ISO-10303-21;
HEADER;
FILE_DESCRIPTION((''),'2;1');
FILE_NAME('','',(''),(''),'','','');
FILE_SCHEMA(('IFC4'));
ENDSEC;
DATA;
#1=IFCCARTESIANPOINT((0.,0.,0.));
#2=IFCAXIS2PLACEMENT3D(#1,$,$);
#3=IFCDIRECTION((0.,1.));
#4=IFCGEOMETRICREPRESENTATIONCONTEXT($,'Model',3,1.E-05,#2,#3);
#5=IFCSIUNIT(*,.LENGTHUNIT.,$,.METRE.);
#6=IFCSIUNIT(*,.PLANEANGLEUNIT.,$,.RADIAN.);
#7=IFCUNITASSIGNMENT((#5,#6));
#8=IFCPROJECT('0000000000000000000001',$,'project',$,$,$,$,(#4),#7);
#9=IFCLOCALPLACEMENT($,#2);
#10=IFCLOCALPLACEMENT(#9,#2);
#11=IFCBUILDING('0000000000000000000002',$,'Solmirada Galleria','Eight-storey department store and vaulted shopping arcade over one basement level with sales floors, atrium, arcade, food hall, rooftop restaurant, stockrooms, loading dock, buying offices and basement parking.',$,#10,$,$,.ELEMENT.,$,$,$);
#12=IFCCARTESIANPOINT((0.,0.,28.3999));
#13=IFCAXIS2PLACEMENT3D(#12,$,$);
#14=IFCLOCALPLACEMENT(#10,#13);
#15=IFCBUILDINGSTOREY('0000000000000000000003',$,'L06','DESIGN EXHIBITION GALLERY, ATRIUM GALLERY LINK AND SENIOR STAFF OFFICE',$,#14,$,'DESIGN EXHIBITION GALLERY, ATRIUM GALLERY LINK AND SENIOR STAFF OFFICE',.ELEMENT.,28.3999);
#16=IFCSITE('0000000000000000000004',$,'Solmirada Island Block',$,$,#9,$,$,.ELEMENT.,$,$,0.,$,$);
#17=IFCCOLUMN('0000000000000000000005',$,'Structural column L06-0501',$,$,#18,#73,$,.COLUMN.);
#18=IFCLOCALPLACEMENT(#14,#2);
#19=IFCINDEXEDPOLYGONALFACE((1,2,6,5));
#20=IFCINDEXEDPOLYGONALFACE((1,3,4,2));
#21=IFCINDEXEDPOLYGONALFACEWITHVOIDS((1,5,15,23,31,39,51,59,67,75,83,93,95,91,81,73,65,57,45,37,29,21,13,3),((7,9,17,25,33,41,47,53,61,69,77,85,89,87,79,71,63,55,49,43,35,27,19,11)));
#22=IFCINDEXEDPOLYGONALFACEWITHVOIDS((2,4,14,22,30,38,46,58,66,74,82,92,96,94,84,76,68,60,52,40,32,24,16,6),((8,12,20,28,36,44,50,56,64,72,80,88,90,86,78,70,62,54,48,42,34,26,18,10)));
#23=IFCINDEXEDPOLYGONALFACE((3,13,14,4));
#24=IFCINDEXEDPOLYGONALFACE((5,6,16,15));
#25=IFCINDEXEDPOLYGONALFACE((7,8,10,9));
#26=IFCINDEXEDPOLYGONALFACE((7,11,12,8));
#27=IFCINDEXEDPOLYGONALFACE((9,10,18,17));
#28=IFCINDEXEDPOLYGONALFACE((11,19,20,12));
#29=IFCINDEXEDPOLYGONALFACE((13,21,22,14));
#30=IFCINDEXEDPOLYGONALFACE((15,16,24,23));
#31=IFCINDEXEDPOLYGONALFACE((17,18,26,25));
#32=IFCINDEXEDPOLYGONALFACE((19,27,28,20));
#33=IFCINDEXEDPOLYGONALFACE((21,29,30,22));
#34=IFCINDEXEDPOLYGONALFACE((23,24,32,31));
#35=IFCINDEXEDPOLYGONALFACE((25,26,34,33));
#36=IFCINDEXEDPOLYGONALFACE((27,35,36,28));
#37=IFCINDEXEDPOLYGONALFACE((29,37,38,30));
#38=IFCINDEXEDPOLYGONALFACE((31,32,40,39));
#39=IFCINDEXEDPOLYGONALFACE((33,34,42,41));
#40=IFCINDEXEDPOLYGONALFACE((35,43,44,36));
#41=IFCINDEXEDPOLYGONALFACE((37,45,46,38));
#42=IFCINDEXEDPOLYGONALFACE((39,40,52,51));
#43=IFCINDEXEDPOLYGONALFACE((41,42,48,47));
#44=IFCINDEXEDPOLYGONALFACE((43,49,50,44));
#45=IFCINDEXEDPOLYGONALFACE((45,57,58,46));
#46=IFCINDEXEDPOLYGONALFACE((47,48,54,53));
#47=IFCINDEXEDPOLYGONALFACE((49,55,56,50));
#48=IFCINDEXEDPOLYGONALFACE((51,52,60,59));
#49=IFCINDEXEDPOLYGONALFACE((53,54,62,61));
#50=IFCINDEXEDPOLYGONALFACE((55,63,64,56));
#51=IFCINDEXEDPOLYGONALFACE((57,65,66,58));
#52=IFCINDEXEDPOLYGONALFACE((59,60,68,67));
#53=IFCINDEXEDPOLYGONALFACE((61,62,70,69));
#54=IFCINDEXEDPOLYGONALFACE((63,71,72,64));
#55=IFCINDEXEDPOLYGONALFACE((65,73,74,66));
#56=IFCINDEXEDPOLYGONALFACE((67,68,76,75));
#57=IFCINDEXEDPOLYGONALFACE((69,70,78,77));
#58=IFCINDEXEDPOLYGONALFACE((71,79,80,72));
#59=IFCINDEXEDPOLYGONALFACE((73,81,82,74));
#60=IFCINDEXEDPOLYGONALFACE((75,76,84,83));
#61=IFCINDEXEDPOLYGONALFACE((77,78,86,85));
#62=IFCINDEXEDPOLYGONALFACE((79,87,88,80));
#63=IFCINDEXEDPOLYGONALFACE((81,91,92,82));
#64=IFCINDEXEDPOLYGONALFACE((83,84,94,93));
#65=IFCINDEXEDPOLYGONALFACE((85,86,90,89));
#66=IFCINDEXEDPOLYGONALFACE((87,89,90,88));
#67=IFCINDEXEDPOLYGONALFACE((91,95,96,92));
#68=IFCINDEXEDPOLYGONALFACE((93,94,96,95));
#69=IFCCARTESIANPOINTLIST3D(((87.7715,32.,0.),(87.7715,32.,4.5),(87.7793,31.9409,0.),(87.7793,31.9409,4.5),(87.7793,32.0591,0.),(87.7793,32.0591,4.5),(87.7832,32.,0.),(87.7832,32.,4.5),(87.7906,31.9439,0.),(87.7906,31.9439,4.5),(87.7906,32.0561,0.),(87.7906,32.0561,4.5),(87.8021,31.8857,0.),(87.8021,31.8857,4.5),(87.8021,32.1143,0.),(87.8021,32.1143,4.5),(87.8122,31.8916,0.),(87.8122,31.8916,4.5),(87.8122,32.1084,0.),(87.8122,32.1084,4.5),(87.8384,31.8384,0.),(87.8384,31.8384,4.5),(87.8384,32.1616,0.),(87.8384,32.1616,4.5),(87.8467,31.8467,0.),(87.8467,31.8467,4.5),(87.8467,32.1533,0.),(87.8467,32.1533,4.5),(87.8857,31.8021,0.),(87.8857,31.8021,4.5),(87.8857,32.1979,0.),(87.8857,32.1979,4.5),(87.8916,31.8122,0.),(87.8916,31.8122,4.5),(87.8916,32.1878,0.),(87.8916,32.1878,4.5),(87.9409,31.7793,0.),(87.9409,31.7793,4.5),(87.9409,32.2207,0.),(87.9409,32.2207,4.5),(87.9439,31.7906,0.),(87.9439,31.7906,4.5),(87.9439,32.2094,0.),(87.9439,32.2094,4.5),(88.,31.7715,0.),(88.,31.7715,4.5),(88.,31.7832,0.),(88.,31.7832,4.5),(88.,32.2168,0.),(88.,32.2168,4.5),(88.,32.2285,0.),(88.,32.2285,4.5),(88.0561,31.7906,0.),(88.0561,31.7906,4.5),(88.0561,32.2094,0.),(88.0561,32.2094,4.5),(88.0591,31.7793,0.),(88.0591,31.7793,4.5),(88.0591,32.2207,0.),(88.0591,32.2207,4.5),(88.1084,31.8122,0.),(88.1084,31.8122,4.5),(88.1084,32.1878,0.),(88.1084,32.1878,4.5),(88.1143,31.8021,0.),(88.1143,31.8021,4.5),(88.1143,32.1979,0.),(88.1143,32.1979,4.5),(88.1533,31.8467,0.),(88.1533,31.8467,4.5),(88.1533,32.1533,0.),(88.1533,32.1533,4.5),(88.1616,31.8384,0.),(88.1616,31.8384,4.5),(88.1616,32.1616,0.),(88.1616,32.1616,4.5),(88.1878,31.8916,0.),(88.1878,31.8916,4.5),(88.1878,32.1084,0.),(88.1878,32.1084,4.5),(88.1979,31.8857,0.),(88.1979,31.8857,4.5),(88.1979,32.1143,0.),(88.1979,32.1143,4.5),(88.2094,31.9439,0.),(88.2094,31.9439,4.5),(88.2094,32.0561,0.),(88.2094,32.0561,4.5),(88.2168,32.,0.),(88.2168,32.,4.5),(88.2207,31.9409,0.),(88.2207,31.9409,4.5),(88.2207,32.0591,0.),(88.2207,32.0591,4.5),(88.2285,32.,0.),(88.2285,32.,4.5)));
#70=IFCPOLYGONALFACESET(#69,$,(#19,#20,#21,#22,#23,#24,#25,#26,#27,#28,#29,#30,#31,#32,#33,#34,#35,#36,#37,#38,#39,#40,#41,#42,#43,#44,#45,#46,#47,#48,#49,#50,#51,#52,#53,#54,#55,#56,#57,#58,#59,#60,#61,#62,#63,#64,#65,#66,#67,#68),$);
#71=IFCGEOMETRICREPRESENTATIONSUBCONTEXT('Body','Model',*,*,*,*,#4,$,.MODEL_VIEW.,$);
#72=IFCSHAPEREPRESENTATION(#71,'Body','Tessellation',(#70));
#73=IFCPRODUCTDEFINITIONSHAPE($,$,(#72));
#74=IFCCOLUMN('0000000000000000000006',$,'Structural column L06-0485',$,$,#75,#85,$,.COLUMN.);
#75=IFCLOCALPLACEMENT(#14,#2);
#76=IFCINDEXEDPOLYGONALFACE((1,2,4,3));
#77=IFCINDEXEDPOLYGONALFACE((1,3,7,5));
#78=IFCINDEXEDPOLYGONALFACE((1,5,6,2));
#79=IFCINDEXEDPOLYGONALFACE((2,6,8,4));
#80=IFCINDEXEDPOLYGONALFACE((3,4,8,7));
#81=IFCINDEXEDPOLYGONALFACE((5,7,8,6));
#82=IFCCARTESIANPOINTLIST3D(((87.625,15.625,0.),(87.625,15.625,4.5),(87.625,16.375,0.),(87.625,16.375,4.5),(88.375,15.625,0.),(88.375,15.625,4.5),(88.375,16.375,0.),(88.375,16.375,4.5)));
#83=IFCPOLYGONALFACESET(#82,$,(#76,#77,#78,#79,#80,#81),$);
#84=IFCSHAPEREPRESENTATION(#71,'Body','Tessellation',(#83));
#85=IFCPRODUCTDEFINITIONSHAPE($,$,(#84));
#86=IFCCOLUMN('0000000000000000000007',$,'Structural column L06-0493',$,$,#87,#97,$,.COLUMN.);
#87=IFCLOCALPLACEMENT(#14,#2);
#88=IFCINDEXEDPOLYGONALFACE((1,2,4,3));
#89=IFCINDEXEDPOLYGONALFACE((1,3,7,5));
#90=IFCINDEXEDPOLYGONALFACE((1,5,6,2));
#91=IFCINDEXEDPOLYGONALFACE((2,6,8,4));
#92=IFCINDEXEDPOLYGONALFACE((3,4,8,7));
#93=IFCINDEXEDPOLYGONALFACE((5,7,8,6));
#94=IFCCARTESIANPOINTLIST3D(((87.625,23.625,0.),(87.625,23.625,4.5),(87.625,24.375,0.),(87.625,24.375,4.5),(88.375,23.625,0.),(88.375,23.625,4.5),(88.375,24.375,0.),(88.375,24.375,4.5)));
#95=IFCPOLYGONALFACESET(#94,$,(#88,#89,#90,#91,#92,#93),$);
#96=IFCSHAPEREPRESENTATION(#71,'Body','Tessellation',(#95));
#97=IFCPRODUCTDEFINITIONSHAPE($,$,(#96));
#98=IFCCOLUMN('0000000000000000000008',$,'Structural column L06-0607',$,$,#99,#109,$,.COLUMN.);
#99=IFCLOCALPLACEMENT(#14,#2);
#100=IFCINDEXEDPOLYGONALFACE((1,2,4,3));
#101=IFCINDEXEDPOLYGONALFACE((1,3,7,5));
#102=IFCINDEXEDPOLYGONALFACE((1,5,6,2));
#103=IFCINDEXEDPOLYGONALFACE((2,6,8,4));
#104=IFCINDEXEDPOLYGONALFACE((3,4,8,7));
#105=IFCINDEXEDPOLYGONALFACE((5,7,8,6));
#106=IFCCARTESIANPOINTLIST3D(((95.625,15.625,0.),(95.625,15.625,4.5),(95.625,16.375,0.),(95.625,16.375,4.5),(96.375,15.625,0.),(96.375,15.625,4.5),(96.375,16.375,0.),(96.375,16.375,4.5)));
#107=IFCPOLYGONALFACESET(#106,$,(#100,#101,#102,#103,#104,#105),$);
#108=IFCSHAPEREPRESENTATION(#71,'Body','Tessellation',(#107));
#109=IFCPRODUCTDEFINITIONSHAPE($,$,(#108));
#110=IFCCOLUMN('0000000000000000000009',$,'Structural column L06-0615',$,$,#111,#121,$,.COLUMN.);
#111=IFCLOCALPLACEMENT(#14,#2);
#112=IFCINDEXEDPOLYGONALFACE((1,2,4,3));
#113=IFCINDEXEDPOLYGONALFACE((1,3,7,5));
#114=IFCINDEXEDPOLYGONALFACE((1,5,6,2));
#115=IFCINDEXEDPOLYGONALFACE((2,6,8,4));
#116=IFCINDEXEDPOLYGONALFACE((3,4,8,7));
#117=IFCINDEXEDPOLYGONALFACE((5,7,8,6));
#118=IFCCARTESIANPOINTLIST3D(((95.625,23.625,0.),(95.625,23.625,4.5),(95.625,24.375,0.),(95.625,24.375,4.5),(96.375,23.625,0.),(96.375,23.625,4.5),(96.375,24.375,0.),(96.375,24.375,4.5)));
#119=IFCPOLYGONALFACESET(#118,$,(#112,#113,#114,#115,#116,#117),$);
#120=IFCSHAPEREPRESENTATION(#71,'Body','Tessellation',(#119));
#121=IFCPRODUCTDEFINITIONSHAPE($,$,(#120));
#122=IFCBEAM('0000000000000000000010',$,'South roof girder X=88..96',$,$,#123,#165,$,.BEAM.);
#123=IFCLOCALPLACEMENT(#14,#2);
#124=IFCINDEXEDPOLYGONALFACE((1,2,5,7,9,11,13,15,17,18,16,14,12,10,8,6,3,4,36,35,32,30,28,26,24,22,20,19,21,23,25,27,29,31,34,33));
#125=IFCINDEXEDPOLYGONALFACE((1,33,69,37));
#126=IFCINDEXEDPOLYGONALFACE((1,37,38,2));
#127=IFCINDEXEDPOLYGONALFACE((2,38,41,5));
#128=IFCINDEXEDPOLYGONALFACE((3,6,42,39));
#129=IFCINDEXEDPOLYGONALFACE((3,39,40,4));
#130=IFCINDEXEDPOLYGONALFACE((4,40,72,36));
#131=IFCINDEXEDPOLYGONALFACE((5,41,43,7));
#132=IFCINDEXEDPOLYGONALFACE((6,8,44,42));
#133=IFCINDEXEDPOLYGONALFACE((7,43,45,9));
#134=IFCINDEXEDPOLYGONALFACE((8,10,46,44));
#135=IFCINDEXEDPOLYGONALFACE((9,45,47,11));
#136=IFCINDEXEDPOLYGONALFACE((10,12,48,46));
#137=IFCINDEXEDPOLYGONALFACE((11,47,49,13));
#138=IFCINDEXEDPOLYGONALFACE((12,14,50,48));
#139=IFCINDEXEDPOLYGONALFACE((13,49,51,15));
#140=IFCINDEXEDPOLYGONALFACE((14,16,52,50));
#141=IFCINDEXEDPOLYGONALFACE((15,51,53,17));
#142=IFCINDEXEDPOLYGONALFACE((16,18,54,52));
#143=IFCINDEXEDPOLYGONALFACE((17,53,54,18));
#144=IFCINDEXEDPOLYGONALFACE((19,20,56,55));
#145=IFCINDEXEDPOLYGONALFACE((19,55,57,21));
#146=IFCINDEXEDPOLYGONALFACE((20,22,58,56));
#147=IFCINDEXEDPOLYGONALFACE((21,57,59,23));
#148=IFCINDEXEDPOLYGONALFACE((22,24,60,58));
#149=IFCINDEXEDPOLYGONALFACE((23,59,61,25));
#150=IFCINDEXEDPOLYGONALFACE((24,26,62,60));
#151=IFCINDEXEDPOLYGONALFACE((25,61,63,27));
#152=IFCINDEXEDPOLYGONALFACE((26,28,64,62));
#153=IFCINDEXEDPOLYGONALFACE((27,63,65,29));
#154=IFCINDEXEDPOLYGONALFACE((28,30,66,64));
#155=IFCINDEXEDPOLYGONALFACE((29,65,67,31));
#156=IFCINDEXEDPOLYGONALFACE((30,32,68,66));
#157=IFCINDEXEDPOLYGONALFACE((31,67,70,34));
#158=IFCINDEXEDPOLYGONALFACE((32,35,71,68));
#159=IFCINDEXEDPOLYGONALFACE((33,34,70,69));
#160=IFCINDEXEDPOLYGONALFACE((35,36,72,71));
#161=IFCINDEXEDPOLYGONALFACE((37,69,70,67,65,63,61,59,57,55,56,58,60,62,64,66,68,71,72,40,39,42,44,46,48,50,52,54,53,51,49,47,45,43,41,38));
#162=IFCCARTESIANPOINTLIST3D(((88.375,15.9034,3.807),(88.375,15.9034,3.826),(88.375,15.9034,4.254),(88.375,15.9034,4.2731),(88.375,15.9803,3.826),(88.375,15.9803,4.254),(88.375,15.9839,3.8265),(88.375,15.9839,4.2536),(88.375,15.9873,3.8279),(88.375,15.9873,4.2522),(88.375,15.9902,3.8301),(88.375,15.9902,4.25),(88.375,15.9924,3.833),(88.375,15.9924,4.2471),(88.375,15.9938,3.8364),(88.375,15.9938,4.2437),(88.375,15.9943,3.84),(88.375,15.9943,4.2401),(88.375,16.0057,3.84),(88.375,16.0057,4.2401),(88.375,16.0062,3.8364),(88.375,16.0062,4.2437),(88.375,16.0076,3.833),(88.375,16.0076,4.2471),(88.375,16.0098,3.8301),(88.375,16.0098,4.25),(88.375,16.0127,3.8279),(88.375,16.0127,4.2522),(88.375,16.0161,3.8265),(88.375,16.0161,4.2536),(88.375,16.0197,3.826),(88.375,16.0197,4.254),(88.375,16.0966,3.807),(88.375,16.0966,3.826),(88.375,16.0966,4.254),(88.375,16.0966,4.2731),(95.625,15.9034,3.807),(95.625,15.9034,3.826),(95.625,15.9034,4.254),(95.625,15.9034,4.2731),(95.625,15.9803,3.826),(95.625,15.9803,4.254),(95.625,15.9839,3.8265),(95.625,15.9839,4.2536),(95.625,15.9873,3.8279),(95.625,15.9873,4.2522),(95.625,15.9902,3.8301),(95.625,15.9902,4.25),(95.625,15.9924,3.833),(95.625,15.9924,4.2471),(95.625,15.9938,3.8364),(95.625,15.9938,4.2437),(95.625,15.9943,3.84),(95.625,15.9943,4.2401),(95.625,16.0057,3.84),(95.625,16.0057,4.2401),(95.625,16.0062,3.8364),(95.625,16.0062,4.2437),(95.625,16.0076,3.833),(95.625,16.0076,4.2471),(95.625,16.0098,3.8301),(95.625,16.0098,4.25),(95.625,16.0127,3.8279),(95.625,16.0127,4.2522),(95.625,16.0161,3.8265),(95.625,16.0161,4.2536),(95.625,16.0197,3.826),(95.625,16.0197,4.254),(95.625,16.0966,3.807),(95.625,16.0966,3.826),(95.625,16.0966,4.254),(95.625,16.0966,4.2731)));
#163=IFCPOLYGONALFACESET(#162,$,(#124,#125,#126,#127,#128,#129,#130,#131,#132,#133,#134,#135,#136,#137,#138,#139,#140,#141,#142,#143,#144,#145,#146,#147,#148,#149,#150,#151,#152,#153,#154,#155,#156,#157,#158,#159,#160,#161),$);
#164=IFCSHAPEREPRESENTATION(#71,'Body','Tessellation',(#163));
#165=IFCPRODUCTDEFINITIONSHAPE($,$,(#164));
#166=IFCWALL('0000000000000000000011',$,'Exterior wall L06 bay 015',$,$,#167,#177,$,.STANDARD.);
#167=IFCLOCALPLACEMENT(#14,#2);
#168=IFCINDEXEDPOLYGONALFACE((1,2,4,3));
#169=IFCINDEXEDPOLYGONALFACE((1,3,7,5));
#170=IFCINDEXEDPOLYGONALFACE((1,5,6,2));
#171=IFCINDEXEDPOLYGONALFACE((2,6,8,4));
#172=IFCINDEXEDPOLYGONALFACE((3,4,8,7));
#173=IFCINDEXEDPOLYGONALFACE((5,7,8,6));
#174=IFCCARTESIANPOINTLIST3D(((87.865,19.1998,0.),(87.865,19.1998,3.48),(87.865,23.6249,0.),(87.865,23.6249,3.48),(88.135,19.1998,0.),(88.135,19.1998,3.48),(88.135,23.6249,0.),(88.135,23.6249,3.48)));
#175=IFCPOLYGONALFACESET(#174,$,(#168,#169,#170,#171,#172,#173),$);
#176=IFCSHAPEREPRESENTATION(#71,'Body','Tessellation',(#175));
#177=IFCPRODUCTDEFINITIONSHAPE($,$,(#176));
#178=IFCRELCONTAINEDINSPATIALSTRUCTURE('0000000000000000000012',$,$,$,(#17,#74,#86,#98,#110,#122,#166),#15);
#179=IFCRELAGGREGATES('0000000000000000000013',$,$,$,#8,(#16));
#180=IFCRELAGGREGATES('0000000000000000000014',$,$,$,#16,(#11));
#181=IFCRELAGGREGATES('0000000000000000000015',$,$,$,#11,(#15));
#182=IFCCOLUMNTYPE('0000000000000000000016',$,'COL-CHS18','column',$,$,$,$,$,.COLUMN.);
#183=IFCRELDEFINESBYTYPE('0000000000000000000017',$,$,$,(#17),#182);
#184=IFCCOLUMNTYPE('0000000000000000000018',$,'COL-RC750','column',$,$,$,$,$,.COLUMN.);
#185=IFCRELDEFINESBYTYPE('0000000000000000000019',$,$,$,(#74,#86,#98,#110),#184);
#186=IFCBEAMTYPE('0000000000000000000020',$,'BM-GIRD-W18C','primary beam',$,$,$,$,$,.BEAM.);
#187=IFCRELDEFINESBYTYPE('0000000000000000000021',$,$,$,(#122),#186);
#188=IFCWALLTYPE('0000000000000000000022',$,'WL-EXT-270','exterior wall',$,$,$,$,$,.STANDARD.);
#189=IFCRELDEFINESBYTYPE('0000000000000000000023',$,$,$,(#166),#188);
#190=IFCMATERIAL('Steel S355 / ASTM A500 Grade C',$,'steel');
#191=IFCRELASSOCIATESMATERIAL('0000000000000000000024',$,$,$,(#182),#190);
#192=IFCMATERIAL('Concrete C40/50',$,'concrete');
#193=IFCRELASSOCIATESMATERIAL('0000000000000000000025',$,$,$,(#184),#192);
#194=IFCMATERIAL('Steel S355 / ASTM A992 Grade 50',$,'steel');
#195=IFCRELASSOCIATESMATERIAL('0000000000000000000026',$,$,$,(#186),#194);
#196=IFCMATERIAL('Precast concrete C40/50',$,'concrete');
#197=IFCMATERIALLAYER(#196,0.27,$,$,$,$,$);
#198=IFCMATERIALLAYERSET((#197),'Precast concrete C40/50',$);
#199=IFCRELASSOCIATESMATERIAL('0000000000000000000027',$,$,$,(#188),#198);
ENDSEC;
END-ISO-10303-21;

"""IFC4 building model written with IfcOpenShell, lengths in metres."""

from ifc_helpers import new_model, si_unit, direction, frame, frame_2d, origin, origin_2d, place, context, subcontext, project, spatial, rectangle, hollow_circle, i_section, extrude, material, layer, layer_set, material_profile, profile_set, type_object, element, save


model = new_model("IFC4")

# Units and contexts
model_context = context("Model", 3, precision=1e-05, world=origin(), true_north=direction((0.0, 1.0)))
body_context = subcontext(model_context, "Body", "Model", "MODEL_VIEW")
ifc_project = project(units=[si_unit("LENGTHUNIT", "METRE"), si_unit("PLANEANGLEUNIT", "RADIAN")], contexts=[model_context])

# Site, building, storey
site_placement = place(None, origin())
site = spatial("IfcSite", under=ifc_project, at=site_placement, Name="Solmirada Island Block", CompositionType="ELEMENT", RefElevation=0.0)
building_placement = place(site_placement, origin())
building = spatial("IfcBuilding", under=site, at=building_placement, Name="Solmirada Galleria", Description="Eight-storey department store and vaulted shopping arcade over one basement level with sales floors, atrium, arcade, food hall, rooftop restaurant, stockrooms, loading dock, buying offices and basement parking.", CompositionType="ELEMENT")
storey_placement = place(building_placement, frame((0.0, 0.0, 28.3999)))
storey = spatial("IfcBuildingStorey", under=building, at=storey_placement, Name="L06", Description="DESIGN EXHIBITION GALLERY, ATRIUM GALLERY LINK AND SENIOR STAFF OFFICE", LongName="DESIGN EXHIBITION GALLERY, ATRIUM GALLERY LINK AND SENIOR STAFF OFFICE", CompositionType="ELEMENT", Elevation=28.3999)

# Columns
ifc_material_1 = material(Name="Steel S355 / ASTM A500 Grade C", Category="steel")
ifc_material_profile_1 = material_profile(ifc_material_1, hollow_circle(Radius=0.2285, WallThickness=0.0117, at=origin_2d()), Name="HSS18.000X0.500")
ifc_profile_set_1 = profile_set([ifc_material_profile_1], Name="Steel S355 / ASTM A500 Grade C")
column_type_1 = type_object("IfcColumnType", Name="COL-CHS18", Description="column", PredefinedType="COLUMN", material=ifc_profile_set_1)
column_placement = place(storey_placement, frame((88.0, 32.0, 0.0), z_axis=(0.0, 0.0, 1.0), x_axis=(1.0, 0.0, 0.0)))
element("IfcColumn", 1, at=column_placement, inside=storey, type_object=column_type_1, Name="Structural column L06-0501", PredefinedType="COLUMN", context=body_context, shape_type="SweptSolid", body=[
    extrude(hollow_circle(Radius=0.2285, WallThickness=0.0117, at=origin_2d()), origin(), (0.0, 0.0, 1.0), 4.5),
])
ifc_material_2 = material(Name="Concrete C40/50", Category="concrete")
ifc_material_profile_2 = material_profile(ifc_material_2, rectangle(XDim=0.75, YDim=0.75, at=origin_2d()), Name="RC750X750")
ifc_profile_set_2 = profile_set([ifc_material_profile_2], Name="Concrete C40/50")
column_type_2 = type_object("IfcColumnType", Name="COL-RC750", Description="column", PredefinedType="COLUMN", material=ifc_profile_set_2)
for number, where, z_axis, x_axis, name in (
    (2, (88.0, 16.0, 0.0), (0.0, 0.0, 1.0), (1.0, 0.0, 0.0), "Structural column L06-0485"),
    (3, (88.0, 24.0, 0.0), (0.0, 0.0, 1.0), (1.0, 0.0, 0.0), "Structural column L06-0493"),
    (4, (96.0, 16.0, 0.0), (0.0, 0.0, 1.0), (1.0, 0.0, 0.0), "Structural column L06-0607"),
    (5, (96.0, 24.0, 0.0), (0.0, 0.0, 1.0), (1.0, 0.0, 0.0), "Structural column L06-0615"),
):
    element("IfcColumn", number, at=place(storey_placement, frame(where, z_axis=z_axis, x_axis=x_axis)), inside=storey, type_object=column_type_2, Name=name, PredefinedType="COLUMN", context=body_context, shape_type="SweptSolid", body=[
        extrude(rectangle(XDim=0.75, YDim=0.75, at=origin_2d()), origin(), (0.0, 0.0, 1.0), 4.5),
    ])

# Beam
ifc_material_3 = material(Name="Steel S355 / ASTM A992 Grade 50", Category="steel")
ifc_material_profile_3 = material_profile(ifc_material_3, i_section(OverallWidth=0.1931, OverallDepth=0.4661, WebThickness=0.0115, FlangeThickness=0.019, FilletRadius=0.0139, at=origin_2d()), Name="W18X65")
ifc_profile_set_3 = profile_set([ifc_material_profile_3], Name="Steel S355 / ASTM A992 Grade 50")
beam_type = type_object("IfcBeamType", Name="BM-GIRD-W18C", Description="primary beam", PredefinedType="BEAM", material=ifc_profile_set_3)
beam_placement = place(storey_placement, frame((88.375, 16.0, 4.04), z_axis=(1.0, 0.0, 0.0), x_axis=(0.0, 1.0, 0.0)))
element("IfcBeam", 6, at=beam_placement, inside=storey, type_object=beam_type, Name="South roof girder X=88..96", PredefinedType="BEAM", context=body_context, shape_type="SweptSolid", body=[
    extrude(i_section(OverallWidth=0.1931, OverallDepth=0.4661, WebThickness=0.0115, FlangeThickness=0.019, FilletRadius=0.0139, at=origin_2d()), origin(), (0.0, 0.0, 1.0), 7.25),
])

# Wall
ifc_material_4 = material(Name="Precast concrete C40/50", Category="concrete")
ifc_layer_1 = layer(ifc_material_4, 0.27)
ifc_layer_set_1 = layer_set([ifc_layer_1], Name="Precast concrete C40/50")
wall_type_1 = type_object("IfcWallType", Name="WL-EXT-270", Description="exterior wall", PredefinedType="STANDARD", material=ifc_layer_set_1)
wall_1_placement = place(storey_placement, frame((88.0, 19.2, 0.0), z_axis=(0.0, 0.0, 1.0), x_axis=(0.0, 1.0, 0.0)))
element("IfcWall", 7, at=wall_1_placement, inside=storey, type_object=wall_type_1, Name="Exterior wall L06 bay 015", PredefinedType="STANDARD", context=body_context, shape_type="SweptSolid", body=[
    extrude(rectangle(XDim=4.425, YDim=0.27, at=frame_2d((2.2124, 0.0))), origin(), (0.0, 0.0, 1.0), 3.48),
])

save(model, "model.ifc")
